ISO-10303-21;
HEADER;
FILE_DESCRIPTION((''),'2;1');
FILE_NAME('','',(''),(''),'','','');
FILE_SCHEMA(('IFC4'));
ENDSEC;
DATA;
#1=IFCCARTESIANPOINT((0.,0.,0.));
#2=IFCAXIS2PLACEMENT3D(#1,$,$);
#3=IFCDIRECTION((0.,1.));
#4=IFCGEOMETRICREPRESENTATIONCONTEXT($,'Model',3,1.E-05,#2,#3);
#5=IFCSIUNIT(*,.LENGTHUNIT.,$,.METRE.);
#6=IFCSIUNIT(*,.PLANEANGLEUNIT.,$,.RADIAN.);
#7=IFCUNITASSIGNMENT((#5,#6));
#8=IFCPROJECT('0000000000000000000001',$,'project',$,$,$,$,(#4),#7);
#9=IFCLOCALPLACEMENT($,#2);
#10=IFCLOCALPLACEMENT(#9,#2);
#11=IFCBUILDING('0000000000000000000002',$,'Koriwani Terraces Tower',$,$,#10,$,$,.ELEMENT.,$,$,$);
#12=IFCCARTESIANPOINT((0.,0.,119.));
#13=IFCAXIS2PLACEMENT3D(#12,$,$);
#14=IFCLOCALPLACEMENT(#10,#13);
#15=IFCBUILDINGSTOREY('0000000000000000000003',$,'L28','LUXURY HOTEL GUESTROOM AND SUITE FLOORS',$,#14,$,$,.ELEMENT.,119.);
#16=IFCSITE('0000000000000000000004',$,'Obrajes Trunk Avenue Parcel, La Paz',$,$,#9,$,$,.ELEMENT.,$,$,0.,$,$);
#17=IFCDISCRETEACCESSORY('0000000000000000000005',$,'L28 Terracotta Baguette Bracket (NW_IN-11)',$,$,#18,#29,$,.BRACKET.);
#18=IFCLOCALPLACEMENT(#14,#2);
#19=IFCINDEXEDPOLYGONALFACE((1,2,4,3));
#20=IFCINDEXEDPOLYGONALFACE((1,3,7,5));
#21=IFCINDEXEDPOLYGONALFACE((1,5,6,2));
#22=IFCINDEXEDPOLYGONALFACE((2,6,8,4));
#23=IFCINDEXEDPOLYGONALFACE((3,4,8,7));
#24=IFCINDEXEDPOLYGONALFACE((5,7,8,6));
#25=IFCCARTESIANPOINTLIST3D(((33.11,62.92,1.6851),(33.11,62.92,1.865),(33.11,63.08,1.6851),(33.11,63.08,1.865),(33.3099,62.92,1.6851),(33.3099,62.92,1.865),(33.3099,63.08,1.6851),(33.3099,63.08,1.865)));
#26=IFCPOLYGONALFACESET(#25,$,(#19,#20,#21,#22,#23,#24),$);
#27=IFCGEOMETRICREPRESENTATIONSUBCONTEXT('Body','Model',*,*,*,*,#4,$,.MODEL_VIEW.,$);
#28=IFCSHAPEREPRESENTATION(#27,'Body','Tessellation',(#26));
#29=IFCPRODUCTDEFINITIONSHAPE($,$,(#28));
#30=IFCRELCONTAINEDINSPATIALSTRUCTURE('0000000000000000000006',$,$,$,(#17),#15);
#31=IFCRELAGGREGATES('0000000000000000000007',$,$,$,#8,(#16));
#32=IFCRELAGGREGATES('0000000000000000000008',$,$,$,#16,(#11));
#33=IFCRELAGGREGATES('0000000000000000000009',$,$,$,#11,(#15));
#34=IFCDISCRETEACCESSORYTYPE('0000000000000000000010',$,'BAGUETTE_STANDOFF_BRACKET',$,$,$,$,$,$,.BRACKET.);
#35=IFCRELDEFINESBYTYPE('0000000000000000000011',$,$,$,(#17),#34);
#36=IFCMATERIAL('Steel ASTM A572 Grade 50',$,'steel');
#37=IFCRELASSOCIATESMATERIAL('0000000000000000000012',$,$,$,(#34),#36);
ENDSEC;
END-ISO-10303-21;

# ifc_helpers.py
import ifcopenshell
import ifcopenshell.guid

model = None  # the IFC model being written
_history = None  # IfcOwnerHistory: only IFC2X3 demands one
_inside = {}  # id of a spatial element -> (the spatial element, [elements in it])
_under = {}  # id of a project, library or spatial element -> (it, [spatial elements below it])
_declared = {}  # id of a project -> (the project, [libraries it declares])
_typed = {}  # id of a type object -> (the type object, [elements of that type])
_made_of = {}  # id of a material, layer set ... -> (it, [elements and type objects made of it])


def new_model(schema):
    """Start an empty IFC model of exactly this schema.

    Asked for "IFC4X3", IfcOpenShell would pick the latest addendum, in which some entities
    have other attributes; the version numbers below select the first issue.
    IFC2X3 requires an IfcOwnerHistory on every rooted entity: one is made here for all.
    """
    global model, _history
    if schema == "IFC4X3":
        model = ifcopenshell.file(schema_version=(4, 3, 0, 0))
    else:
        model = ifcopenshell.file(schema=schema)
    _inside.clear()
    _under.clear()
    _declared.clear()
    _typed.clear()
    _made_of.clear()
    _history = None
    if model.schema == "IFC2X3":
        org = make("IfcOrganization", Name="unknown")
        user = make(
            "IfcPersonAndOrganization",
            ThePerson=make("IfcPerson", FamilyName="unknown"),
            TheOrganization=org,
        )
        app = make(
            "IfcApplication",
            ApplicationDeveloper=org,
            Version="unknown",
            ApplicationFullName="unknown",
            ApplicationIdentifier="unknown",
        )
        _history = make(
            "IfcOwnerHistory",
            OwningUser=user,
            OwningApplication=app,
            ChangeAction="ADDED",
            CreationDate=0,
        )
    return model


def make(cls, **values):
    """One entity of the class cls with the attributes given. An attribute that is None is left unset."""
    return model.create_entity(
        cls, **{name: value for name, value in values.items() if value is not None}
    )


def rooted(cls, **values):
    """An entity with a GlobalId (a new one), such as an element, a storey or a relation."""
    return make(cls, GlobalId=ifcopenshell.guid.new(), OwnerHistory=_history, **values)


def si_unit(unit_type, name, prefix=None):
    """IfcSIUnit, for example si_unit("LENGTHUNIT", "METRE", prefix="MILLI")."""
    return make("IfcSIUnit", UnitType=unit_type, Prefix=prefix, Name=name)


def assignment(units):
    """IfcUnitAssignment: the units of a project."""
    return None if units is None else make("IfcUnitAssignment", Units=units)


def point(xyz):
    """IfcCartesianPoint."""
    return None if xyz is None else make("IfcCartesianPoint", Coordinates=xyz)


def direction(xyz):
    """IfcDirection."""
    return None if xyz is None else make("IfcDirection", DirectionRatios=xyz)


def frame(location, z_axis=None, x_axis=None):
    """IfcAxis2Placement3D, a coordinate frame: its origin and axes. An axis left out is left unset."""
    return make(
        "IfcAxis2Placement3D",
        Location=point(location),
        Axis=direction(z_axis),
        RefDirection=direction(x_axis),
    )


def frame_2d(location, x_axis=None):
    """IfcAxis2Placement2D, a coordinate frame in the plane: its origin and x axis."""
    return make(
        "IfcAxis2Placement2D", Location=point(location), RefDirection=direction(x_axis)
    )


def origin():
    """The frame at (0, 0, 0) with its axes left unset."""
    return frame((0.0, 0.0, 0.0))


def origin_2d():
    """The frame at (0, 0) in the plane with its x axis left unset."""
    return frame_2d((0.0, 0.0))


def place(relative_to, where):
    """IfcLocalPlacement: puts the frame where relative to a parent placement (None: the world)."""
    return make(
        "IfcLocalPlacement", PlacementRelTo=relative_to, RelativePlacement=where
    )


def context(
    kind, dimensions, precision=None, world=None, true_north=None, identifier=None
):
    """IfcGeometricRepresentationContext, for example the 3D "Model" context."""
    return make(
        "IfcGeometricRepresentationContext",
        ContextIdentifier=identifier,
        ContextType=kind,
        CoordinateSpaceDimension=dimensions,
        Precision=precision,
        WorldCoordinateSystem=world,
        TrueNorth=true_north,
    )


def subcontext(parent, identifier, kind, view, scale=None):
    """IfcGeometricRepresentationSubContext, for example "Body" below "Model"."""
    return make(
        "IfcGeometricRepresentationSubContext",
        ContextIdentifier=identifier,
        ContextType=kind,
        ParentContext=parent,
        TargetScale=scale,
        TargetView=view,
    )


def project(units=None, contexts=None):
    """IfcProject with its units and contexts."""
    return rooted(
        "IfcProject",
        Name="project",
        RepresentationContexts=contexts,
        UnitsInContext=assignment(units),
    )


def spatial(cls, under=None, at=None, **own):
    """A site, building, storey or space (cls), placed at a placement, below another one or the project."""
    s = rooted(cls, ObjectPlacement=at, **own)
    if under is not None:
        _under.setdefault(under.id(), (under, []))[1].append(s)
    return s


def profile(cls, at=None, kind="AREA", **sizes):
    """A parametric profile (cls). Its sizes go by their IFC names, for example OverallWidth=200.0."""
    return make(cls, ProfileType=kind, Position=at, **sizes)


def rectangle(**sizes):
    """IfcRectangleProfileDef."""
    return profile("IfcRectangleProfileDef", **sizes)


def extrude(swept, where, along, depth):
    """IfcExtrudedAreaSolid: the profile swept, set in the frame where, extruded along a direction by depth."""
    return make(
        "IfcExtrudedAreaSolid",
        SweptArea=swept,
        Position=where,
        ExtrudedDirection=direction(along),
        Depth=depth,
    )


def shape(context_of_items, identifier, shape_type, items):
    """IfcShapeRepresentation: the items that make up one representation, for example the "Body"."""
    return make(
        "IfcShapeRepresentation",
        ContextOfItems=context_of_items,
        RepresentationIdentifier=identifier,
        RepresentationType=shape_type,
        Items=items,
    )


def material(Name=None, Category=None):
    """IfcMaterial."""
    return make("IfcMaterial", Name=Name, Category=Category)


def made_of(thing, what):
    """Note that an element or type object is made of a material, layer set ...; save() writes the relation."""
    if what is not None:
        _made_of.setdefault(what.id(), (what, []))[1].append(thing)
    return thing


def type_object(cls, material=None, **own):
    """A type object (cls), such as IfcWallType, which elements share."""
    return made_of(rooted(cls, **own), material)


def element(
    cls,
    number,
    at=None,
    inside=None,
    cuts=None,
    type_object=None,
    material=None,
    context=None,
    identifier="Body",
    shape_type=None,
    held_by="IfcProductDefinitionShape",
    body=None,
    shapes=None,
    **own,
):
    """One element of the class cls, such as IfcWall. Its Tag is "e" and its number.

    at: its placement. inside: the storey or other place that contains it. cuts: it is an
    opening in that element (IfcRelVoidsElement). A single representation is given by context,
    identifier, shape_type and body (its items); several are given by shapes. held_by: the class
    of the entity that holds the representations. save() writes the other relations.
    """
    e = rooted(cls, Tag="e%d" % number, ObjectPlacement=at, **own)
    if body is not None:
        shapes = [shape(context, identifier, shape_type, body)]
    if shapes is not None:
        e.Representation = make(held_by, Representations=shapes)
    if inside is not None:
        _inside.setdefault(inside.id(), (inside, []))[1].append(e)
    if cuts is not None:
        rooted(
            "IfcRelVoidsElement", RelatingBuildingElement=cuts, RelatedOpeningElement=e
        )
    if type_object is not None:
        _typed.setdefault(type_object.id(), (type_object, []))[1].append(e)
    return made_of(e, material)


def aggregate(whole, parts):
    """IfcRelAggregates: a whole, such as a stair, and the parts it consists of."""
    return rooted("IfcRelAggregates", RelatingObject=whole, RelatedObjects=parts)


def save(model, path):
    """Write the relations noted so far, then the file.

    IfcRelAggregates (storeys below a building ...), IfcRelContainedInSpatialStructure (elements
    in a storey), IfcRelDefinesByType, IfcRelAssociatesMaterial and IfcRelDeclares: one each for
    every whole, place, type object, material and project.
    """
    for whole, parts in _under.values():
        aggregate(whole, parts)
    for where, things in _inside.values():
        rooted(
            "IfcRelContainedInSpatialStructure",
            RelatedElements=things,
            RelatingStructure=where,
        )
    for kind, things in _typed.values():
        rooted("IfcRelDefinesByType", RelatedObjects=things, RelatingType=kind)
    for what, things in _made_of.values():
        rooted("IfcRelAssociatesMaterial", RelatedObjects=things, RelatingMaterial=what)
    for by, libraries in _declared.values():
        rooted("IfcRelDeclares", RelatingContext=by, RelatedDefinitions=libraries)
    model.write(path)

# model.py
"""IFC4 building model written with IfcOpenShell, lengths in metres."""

from ifc_helpers import new_model, si_unit, direction, frame, origin, origin_2d, place, context, subcontext, project, spatial, rectangle, extrude, material, type_object, element, save


model = new_model("IFC4")

# Units and contexts
model_context = context("Model", 3, precision=1e-05, world=origin(), true_north=direction((0.0, 1.0)))
body_context = subcontext(model_context, "Body", "Model", "MODEL_VIEW")
ifc_project = project(units=[si_unit("LENGTHUNIT", "METRE"), si_unit("PLANEANGLEUNIT", "RADIAN")], contexts=[model_context])

# Site, building, storey
site_placement = place(None, origin())
site = spatial("IfcSite", under=ifc_project, at=site_placement, Name="Obrajes Trunk Avenue Parcel, La Paz", CompositionType="ELEMENT", RefElevation=0.0)
building_placement = place(site_placement, origin())
building = spatial("IfcBuilding", under=site, at=building_placement, Name="Koriwani Terraces Tower", CompositionType="ELEMENT")
storey_placement = place(building_placement, frame((0.0, 0.0, 119.0)))
storey = spatial("IfcBuildingStorey", under=building, at=storey_placement, Name="L28", Description="LUXURY HOTEL GUESTROOM AND SUITE FLOORS", CompositionType="ELEMENT", Elevation=119.0)

# Shared definitions
ifc_material_1 = material(Name="Steel ASTM A572 Grade 50", Category="steel")

# Discrete accessory
discrete_accessory_type = type_object("IfcDiscreteAccessoryType", Name="BAGUETTE_STANDOFF_BRACKET", PredefinedType="BRACKET", material=ifc_material_1)
discrete_accessory_placement = place(storey_placement, frame((33.21, 63.0, 1.6851), z_axis=(0.0, 0.0, 1.0), x_axis=(0.0, -1.0, 0.0)))
element("IfcDiscreteAccessory", 1, at=discrete_accessory_placement, inside=storey, type_object=discrete_accessory_type, Name="L28 Terracotta Baguette Bracket (NW_IN-11)", PredefinedType="BRACKET", context=body_context, shape_type="SweptSolid", body=[
    extrude(rectangle(XDim=0.1599, YDim=0.2, at=origin_2d()), origin(), (0.0, 0.0, 1.0), 0.1799),
])

save(model, "model.ifc")
